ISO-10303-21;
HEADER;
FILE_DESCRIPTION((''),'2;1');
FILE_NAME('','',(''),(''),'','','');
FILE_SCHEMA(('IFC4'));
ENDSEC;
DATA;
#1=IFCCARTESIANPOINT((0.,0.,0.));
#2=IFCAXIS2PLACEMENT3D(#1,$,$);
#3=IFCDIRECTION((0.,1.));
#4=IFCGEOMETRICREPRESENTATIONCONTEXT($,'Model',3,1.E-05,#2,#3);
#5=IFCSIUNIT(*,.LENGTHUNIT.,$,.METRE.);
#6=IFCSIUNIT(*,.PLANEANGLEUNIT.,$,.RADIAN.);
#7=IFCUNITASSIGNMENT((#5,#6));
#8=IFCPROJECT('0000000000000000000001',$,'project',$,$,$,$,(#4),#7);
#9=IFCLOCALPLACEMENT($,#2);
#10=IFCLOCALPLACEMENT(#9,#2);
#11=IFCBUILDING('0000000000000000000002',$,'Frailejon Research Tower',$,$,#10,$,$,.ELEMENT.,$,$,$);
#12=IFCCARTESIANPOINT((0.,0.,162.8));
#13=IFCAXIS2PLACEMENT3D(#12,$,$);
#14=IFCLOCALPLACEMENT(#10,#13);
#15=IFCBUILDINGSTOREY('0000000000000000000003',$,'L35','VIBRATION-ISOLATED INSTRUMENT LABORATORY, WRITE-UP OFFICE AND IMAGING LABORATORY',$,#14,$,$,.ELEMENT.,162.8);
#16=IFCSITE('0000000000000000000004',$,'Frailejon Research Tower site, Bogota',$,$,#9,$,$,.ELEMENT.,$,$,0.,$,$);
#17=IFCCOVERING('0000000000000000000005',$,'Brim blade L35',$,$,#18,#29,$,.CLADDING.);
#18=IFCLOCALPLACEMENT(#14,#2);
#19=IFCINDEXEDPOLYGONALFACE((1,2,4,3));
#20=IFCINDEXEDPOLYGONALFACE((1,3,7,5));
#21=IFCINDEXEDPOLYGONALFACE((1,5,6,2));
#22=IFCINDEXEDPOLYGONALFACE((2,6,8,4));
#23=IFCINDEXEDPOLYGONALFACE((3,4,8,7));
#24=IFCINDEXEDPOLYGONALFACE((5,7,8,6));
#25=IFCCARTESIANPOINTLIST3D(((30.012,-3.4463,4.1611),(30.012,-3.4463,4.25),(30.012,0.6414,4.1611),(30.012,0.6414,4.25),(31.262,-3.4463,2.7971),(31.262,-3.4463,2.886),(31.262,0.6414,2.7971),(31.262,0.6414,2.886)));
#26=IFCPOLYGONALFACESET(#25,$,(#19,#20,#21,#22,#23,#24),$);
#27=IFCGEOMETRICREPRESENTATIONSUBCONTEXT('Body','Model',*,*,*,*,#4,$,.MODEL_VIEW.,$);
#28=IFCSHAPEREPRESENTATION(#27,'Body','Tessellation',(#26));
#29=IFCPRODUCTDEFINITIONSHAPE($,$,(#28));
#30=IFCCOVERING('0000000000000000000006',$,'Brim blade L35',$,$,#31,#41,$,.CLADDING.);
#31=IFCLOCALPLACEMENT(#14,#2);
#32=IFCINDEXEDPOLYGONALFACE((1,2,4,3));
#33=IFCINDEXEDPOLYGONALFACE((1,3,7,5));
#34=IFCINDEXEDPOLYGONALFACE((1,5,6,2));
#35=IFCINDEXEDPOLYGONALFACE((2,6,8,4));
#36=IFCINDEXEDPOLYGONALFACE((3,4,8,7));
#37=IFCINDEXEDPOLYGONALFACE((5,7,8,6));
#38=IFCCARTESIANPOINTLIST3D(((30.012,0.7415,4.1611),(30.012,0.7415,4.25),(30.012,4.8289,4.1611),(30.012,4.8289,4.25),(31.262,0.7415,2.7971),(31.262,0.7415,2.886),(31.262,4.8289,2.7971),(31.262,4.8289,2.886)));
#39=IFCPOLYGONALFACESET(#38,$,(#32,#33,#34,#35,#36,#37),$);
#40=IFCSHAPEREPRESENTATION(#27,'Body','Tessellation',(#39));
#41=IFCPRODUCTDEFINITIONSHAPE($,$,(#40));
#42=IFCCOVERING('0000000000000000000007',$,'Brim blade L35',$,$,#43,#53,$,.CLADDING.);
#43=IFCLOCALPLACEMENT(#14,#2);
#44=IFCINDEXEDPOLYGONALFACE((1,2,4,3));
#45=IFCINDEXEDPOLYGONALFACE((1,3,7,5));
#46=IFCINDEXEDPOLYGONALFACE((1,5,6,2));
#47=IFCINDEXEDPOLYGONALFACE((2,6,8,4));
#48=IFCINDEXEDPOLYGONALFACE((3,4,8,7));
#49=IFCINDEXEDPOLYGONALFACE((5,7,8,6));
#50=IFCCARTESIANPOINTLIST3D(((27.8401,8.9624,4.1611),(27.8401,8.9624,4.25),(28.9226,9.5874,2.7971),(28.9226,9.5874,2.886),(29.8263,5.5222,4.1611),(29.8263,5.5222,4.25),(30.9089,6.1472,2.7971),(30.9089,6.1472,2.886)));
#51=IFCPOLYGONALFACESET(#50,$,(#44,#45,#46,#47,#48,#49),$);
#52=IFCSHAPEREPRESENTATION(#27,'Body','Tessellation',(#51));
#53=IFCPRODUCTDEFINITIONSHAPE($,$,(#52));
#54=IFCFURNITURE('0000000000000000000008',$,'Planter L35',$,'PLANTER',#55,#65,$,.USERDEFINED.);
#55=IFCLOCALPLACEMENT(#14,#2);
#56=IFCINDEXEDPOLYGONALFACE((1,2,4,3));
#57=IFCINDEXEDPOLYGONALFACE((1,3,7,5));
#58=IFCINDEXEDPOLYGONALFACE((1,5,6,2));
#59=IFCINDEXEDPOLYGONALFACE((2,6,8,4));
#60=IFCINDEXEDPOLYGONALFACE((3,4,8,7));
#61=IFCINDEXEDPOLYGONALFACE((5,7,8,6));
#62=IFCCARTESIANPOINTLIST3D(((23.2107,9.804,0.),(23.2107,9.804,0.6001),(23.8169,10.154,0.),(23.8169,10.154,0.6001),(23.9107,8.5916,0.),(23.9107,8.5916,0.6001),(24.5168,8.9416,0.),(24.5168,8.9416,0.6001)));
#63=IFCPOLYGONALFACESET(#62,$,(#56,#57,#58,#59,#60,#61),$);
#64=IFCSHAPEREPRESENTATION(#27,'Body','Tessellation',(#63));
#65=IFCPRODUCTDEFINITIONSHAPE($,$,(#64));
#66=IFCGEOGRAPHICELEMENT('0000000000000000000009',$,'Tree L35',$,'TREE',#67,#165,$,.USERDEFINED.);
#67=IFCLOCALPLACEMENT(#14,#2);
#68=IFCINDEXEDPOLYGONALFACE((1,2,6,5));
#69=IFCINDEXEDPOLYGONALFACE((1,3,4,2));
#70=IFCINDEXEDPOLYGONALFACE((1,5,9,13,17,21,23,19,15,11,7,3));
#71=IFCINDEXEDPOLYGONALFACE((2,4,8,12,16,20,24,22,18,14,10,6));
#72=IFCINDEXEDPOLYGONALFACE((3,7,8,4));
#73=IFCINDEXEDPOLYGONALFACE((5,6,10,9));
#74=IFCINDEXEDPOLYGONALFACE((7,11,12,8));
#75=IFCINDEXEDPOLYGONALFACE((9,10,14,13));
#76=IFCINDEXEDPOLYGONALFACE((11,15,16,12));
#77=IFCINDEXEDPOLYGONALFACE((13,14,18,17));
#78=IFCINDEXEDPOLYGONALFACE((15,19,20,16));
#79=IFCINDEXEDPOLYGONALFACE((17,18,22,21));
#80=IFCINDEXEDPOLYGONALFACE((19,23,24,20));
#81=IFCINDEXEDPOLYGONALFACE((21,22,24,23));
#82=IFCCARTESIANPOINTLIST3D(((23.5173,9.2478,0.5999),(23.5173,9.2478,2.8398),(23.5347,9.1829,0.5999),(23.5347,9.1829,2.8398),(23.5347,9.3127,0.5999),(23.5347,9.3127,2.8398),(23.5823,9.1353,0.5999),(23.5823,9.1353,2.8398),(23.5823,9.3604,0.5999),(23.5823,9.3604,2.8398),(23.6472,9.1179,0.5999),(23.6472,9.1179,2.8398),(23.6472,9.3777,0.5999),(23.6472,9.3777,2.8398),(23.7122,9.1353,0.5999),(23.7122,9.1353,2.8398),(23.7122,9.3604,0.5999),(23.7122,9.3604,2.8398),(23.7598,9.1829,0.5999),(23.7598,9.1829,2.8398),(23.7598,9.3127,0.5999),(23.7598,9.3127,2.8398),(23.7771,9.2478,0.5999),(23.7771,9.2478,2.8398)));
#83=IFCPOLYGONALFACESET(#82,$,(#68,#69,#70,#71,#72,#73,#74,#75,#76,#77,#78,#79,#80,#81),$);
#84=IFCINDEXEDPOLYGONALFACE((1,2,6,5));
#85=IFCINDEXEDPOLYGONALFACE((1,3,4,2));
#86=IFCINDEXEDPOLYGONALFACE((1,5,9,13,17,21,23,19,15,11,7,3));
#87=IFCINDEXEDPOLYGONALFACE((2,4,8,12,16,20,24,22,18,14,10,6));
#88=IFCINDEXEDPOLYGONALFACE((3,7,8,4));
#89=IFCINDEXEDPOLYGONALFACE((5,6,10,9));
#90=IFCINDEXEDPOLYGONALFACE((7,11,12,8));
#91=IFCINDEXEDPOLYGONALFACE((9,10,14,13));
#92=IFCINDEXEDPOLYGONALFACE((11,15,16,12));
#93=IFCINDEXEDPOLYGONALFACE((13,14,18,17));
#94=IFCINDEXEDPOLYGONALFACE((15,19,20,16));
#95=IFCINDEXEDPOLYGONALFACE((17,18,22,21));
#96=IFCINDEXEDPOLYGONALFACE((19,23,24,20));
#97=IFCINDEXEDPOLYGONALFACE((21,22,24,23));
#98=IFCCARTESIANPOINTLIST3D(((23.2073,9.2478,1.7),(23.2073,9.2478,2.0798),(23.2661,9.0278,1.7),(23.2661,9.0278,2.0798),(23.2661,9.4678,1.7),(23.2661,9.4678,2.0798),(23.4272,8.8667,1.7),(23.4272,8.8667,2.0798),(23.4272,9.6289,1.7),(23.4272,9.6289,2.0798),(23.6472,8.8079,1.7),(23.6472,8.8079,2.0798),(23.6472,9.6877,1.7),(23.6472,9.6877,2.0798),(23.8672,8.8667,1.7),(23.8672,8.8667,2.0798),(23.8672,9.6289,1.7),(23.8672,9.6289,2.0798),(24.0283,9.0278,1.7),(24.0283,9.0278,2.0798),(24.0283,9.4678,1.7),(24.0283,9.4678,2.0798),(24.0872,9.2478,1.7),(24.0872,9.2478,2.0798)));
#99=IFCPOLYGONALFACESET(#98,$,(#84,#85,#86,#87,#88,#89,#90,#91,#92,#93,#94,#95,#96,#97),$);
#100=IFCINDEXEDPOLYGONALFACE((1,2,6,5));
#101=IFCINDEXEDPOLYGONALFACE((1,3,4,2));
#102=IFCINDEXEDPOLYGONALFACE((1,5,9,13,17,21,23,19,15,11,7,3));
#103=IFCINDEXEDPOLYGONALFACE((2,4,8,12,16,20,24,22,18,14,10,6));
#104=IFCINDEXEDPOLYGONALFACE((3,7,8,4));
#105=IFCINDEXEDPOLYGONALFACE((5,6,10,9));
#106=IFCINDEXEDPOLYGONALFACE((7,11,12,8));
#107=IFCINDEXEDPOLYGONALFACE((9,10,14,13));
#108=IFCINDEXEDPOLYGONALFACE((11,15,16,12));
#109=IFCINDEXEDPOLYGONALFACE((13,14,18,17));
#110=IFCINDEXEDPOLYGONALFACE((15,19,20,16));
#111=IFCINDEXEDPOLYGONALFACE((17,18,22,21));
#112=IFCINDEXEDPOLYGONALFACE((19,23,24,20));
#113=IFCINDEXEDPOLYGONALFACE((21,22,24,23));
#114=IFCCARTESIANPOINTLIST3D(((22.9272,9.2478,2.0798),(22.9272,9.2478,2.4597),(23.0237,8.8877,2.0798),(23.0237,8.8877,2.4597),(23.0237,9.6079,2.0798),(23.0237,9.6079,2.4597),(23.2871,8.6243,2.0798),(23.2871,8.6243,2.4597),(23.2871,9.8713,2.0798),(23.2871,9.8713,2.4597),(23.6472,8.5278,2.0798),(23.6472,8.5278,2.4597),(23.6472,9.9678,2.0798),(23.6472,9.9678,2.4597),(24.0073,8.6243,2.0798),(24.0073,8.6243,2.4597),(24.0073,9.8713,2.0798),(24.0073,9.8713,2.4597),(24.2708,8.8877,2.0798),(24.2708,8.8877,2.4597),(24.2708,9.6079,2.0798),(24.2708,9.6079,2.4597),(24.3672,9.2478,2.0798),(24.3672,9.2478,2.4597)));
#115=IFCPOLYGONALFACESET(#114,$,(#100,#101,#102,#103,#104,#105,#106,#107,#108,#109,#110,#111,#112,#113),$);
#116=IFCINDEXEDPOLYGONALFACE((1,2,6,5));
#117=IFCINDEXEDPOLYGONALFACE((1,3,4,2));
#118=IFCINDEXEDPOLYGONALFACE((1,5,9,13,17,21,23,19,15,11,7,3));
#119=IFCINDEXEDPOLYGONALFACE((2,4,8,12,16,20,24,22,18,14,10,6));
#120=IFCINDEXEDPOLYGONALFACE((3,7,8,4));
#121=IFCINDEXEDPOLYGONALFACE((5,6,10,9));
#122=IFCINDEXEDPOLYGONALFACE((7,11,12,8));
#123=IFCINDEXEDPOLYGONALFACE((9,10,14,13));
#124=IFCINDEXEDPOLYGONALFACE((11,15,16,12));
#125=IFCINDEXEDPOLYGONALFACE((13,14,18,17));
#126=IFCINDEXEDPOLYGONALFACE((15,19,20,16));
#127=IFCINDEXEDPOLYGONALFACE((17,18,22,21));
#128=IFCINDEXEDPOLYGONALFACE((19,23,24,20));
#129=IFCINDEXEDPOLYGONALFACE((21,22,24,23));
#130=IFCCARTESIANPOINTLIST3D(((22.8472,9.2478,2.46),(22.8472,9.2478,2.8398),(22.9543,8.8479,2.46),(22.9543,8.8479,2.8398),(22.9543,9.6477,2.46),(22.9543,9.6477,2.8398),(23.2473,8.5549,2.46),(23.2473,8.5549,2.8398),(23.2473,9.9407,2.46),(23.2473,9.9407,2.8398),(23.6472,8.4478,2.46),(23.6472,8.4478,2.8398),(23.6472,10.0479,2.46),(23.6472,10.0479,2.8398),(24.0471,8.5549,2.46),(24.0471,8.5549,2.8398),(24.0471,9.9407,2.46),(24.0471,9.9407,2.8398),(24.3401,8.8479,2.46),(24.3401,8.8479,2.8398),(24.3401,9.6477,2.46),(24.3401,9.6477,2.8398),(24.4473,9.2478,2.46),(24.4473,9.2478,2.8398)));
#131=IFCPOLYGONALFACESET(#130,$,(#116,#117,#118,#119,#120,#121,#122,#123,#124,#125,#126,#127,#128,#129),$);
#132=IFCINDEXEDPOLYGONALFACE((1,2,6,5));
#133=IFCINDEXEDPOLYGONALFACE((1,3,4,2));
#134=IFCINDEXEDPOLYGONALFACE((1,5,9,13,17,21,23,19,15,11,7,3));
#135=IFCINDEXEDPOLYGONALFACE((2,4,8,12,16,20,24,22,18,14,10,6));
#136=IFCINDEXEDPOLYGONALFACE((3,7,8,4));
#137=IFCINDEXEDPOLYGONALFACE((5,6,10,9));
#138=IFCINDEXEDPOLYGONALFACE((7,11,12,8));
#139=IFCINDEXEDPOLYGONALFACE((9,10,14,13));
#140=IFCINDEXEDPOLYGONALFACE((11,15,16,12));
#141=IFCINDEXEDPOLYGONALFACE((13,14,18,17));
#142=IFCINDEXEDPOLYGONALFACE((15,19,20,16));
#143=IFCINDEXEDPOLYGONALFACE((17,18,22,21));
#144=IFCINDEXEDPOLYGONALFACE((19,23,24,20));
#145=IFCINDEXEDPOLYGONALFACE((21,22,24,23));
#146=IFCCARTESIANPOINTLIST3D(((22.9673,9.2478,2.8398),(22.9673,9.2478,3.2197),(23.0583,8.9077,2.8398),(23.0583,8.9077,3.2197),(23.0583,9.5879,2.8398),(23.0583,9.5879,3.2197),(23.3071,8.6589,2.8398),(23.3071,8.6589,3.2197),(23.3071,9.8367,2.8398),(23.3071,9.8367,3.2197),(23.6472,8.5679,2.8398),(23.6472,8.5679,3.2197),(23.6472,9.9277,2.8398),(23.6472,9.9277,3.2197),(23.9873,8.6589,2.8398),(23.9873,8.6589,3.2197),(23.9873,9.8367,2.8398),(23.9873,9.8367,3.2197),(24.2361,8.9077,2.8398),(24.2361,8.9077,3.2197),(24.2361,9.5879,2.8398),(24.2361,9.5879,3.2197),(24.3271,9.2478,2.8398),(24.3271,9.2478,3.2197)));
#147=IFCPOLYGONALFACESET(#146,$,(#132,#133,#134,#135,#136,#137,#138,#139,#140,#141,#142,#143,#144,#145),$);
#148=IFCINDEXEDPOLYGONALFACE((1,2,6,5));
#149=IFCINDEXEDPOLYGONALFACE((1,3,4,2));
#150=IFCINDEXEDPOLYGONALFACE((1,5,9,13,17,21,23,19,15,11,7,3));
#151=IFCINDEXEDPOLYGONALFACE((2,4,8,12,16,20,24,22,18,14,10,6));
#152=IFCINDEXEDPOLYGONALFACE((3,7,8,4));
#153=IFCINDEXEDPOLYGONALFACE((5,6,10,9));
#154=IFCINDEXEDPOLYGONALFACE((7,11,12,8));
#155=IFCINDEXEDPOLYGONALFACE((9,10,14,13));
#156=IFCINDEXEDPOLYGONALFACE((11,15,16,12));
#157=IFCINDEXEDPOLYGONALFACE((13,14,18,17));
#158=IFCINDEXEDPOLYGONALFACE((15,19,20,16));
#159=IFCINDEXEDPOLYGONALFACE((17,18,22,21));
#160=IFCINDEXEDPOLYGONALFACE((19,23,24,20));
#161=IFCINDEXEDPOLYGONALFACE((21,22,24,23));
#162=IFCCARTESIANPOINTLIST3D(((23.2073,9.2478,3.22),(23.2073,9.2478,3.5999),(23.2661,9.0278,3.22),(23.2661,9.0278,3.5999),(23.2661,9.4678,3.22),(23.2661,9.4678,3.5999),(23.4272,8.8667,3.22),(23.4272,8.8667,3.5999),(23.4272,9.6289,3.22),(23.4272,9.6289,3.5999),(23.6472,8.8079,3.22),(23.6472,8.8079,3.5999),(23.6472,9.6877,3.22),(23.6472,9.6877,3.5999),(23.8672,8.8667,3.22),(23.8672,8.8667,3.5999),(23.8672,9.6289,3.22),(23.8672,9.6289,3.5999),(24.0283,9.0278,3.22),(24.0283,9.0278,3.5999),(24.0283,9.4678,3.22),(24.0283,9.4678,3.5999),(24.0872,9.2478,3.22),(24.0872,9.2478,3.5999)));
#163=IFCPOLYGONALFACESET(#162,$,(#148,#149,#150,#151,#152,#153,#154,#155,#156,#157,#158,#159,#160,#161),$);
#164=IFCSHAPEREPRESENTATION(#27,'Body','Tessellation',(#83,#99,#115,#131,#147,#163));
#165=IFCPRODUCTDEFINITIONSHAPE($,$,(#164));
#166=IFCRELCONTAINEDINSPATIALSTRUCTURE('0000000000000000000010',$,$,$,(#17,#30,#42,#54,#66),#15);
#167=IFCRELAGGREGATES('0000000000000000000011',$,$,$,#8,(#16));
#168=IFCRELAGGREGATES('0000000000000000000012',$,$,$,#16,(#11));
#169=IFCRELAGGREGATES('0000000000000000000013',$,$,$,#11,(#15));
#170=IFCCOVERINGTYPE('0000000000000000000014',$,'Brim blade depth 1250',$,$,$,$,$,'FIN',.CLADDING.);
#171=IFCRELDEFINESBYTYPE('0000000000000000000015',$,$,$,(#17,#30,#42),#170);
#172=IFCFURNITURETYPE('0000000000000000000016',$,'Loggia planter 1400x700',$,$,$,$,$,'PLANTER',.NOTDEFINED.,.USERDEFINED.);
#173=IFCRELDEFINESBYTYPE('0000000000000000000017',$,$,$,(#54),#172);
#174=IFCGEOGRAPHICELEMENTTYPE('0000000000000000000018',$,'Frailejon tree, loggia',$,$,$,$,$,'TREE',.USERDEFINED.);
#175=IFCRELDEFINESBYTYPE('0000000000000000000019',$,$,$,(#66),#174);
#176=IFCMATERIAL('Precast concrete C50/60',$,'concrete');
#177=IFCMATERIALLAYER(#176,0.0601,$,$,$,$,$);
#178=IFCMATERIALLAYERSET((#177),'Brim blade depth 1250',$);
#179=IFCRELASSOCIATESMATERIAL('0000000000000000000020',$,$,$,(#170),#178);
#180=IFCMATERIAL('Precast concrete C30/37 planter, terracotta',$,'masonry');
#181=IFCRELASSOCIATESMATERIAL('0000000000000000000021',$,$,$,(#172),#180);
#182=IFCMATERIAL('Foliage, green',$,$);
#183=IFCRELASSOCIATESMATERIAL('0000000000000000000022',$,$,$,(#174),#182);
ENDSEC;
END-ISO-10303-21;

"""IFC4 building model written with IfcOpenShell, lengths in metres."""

from ifc_helpers import new_model, si_unit, direction, frame, origin, origin_2d, place, context, subcontext, project, spatial, polyline, rectangle, outline, extrude, material, layer, layer_set, type_object, element, save


model = new_model("IFC4")

# Units and contexts
model_context = context("Model", 3, precision=1e-05, world=origin(), true_north=direction((0.0, 1.0)))
body_context = subcontext(model_context, "Body", "Model", "MODEL_VIEW")
ifc_project = project(units=[si_unit("LENGTHUNIT", "METRE"), si_unit("PLANEANGLEUNIT", "RADIAN")], contexts=[model_context])

# Site, building, storey
site_placement = place(None, origin())
site = spatial("IfcSite", under=ifc_project, at=site_placement, Name="Frailejon Research Tower site, Bogota", CompositionType="ELEMENT", RefElevation=0.0)
building_placement = place(site_placement, origin())
building = spatial("IfcBuilding", under=site, at=building_placement, Name="Frailejon Research Tower", CompositionType="ELEMENT")
storey_placement = place(building_placement, frame((0.0, 0.0, 162.8)))
storey = spatial("IfcBuildingStorey", under=building, at=storey_placement, Name="L35", Description="VIBRATION-ISOLATED INSTRUMENT LABORATORY, WRITE-UP OFFICE AND IMAGING LABORATORY", CompositionType="ELEMENT", Elevation=162.8)

# Coverings
ifc_material_1 = material(Name="Precast concrete C50/60", Category="concrete")
ifc_layer_1 = layer(ifc_material_1, 0.0601)
ifc_layer_set_1 = layer_set([ifc_layer_1], Name="Brim blade depth 1250")
covering_type = type_object("IfcCoveringType", Name="Brim blade depth 1250", ElementType="FIN", PredefinedType="CLADDING", material=ifc_layer_set_1)
covering_1_placement = place(storey_placement, frame((30.012, 0.6414, 4.25), z_axis=(0.0, -1.0, 0.0), x_axis=(1.0, 0.0, 0.0)))
element("IfcCovering", 1, at=covering_1_placement, inside=storey, type_object=covering_type, Name="Brim blade L35", PredefinedType="CLADDING", context=body_context, shape_type="SweptSolid", body=[
    extrude(outline(polyline([(0.0, -0.0889), (1.25, -1.4529), (1.25, -1.364), (0.0, 0.0), (0.0, -0.0889)])), origin(), (0.0, 0.0, 1.0), 4.0876),
])
covering_2_placement = place(storey_placement, frame((30.012, 4.8289, 4.25), z_axis=(0.0, -1.0, 0.0), x_axis=(1.0, 0.0, 0.0)))
element("IfcCovering", 2, at=covering_2_placement, inside=storey, type_object=covering_type, Name="Brim blade L35", PredefinedType="CLADDING", context=body_context, shape_type="SweptSolid", body=[
    extrude(outline(polyline([(0.0, -0.0889), (1.25, -1.4529), (1.25, -1.364), (0.0, 0.0), (0.0, -0.0889)])), origin(), (0.0, 0.0, 1.0), 4.0874),
])
covering_3_placement = place(storey_placement, frame((27.8401, 8.9624, 4.25), z_axis=(0.500011, -0.866019, 0.0), x_axis=(0.866019, 0.500011, 0.0)))
element("IfcCovering", 3, at=covering_3_placement, inside=storey, type_object=covering_type, Name="Brim blade L35", PredefinedType="CLADDING", context=body_context, shape_type="SweptSolid", body=[
    extrude(outline(polyline([(0.0, -0.0889), (1.25, -1.4529), (1.25, -1.364), (0.0, 0.0), (0.0, -0.0889)])), origin(), (0.0, 0.0, 1.0), 3.9724),
])

# Furniture
ifc_material_2 = material(Name="Precast concrete C30/37 planter, terracotta", Category="masonry")
furniture_type = type_object("IfcFurnitureType", Name="Loggia planter 1400x700", ElementType="PLANTER", AssemblyPlace="NOTDEFINED", PredefinedType="USERDEFINED", material=ifc_material_2)
furniture_placement = place(storey_placement, frame((23.8638, 9.3728, 0.0), z_axis=(0.0, 0.0, 1.0), x_axis=(-0.5, 0.866025, 0.0)))
element("IfcFurniture", 4, at=furniture_placement, inside=storey, type_object=furniture_type, Name="Planter L35", ObjectType="PLANTER", PredefinedType="USERDEFINED", context=body_context, shape_type="SweptSolid", body=[
    extrude(rectangle(XDim=1.3999, YDim=0.7, at=origin_2d()), origin(), (0.0, 0.0, 1.0), 0.6001),
])

# Geographic element
ifc_material_3 = material(Name="Foliage, green")
geographic_element_type = type_object("IfcGeographicElementType", Name="Frailejon tree, loggia", ElementType="TREE", PredefinedType="USERDEFINED", material=ifc_material_3)
geographic_element_placement = place(storey_placement, frame((23.6472, 9.2478, 0.5999)))
element("IfcGeographicElement", 5, at=geographic_element_placement, inside=storey, type_object=geographic_element_type, Name="Tree L35", ObjectType="TREE", PredefinedType="USERDEFINED", context=body_context, shape_type="SweptSolid", body=[
    extrude(outline(polyline([(0.1299, 0.0), (0.1125, 0.0649), (0.0649, 0.1125), (0.0, 0.1299), (-0.0649, 0.1125), (-0.1125, 0.0649), (-0.1299, 0.0), (-0.1125, -0.0649), (-0.0649, -0.1125), (0.0, -0.1299), (0.0649, -0.1125), (0.1125, -0.0649), (0.1299, 0.0)])), origin(), (0.0, 0.0, 1.0), 2.24),
    extrude(outline(polyline([(0.4399, 0.0), (0.3811, 0.22), (0.22, 0.3811), (0.0, 0.4399), (-0.22, 0.3811), (-0.3811, 0.22), (-0.4399, 0.0), (-0.3811, -0.22), (-0.22, -0.3811), (0.0, -0.4399), (0.22, -0.3811), (0.3811, -0.22), (0.4399, 0.0)])), frame((0.0, 0.0, 1.1001)), (0.0, 0.0, 1.0), 0.3799),
    extrude(outline(polyline([(0.72, 0.0), (0.6235, 0.3601), (0.3601, 0.6235), (0.0, 0.72), (-0.3601, 0.6235), (-0.6235, 0.3601), (-0.72, 0.0), (-0.6235, -0.3601), (-0.3601, -0.6235), (0.0, -0.72), (0.3601, -0.6235), (0.6235, -0.3601), (0.72, 0.0)])), frame((0.0, 0.0, 1.48)), (0.0, 0.0, 1.0), 0.3799),
    extrude(outline(polyline([(0.8, 0.0), (0.6929, 0.3999), (0.3999, 0.6929), (0.0, 0.8), (-0.3999, 0.6929), (-0.6929, 0.3999), (-0.8, 0.0), (-0.6929, -0.3999), (-0.3999, -0.6929), (0.0, -0.8), (0.3999, -0.6929), (0.6929, -0.3999), (0.8, 0.0)])), frame((0.0, 0.0, 1.8601)), (0.0, 0.0, 1.0), 0.3799),
    extrude(outline(polyline([(0.6799, 0.0), (0.5889, 0.3401), (0.3401, 0.5889), (0.0, 0.6799), (-0.3401, 0.5889), (-0.5889, 0.3401), (-0.6799, 0.0), (-0.5889, -0.3401), (-0.3401, -0.5889), (0.0, -0.6799), (0.3401, -0.5889), (0.5889, -0.3401), (0.6799, 0.0)])), frame((0.0, 0.0, 2.24)), (0.0, 0.0, 1.0), 0.3799),
    extrude(outline(polyline([(0.4399, 0.0), (0.3811, 0.22), (0.22, 0.3811), (0.0, 0.4399), (-0.22, 0.3811), (-0.3811, 0.22), (-0.4399, 0.0), (-0.3811, -0.22), (-0.22, -0.3811), (0.0, -0.4399), (0.22, -0.3811), (0.3811, -0.22), (0.4399, 0.0)])), frame((0.0, 0.0, 2.6201)), (0.0, 0.0, 1.0), 0.3799),
])

save(model, "model.ifc")
